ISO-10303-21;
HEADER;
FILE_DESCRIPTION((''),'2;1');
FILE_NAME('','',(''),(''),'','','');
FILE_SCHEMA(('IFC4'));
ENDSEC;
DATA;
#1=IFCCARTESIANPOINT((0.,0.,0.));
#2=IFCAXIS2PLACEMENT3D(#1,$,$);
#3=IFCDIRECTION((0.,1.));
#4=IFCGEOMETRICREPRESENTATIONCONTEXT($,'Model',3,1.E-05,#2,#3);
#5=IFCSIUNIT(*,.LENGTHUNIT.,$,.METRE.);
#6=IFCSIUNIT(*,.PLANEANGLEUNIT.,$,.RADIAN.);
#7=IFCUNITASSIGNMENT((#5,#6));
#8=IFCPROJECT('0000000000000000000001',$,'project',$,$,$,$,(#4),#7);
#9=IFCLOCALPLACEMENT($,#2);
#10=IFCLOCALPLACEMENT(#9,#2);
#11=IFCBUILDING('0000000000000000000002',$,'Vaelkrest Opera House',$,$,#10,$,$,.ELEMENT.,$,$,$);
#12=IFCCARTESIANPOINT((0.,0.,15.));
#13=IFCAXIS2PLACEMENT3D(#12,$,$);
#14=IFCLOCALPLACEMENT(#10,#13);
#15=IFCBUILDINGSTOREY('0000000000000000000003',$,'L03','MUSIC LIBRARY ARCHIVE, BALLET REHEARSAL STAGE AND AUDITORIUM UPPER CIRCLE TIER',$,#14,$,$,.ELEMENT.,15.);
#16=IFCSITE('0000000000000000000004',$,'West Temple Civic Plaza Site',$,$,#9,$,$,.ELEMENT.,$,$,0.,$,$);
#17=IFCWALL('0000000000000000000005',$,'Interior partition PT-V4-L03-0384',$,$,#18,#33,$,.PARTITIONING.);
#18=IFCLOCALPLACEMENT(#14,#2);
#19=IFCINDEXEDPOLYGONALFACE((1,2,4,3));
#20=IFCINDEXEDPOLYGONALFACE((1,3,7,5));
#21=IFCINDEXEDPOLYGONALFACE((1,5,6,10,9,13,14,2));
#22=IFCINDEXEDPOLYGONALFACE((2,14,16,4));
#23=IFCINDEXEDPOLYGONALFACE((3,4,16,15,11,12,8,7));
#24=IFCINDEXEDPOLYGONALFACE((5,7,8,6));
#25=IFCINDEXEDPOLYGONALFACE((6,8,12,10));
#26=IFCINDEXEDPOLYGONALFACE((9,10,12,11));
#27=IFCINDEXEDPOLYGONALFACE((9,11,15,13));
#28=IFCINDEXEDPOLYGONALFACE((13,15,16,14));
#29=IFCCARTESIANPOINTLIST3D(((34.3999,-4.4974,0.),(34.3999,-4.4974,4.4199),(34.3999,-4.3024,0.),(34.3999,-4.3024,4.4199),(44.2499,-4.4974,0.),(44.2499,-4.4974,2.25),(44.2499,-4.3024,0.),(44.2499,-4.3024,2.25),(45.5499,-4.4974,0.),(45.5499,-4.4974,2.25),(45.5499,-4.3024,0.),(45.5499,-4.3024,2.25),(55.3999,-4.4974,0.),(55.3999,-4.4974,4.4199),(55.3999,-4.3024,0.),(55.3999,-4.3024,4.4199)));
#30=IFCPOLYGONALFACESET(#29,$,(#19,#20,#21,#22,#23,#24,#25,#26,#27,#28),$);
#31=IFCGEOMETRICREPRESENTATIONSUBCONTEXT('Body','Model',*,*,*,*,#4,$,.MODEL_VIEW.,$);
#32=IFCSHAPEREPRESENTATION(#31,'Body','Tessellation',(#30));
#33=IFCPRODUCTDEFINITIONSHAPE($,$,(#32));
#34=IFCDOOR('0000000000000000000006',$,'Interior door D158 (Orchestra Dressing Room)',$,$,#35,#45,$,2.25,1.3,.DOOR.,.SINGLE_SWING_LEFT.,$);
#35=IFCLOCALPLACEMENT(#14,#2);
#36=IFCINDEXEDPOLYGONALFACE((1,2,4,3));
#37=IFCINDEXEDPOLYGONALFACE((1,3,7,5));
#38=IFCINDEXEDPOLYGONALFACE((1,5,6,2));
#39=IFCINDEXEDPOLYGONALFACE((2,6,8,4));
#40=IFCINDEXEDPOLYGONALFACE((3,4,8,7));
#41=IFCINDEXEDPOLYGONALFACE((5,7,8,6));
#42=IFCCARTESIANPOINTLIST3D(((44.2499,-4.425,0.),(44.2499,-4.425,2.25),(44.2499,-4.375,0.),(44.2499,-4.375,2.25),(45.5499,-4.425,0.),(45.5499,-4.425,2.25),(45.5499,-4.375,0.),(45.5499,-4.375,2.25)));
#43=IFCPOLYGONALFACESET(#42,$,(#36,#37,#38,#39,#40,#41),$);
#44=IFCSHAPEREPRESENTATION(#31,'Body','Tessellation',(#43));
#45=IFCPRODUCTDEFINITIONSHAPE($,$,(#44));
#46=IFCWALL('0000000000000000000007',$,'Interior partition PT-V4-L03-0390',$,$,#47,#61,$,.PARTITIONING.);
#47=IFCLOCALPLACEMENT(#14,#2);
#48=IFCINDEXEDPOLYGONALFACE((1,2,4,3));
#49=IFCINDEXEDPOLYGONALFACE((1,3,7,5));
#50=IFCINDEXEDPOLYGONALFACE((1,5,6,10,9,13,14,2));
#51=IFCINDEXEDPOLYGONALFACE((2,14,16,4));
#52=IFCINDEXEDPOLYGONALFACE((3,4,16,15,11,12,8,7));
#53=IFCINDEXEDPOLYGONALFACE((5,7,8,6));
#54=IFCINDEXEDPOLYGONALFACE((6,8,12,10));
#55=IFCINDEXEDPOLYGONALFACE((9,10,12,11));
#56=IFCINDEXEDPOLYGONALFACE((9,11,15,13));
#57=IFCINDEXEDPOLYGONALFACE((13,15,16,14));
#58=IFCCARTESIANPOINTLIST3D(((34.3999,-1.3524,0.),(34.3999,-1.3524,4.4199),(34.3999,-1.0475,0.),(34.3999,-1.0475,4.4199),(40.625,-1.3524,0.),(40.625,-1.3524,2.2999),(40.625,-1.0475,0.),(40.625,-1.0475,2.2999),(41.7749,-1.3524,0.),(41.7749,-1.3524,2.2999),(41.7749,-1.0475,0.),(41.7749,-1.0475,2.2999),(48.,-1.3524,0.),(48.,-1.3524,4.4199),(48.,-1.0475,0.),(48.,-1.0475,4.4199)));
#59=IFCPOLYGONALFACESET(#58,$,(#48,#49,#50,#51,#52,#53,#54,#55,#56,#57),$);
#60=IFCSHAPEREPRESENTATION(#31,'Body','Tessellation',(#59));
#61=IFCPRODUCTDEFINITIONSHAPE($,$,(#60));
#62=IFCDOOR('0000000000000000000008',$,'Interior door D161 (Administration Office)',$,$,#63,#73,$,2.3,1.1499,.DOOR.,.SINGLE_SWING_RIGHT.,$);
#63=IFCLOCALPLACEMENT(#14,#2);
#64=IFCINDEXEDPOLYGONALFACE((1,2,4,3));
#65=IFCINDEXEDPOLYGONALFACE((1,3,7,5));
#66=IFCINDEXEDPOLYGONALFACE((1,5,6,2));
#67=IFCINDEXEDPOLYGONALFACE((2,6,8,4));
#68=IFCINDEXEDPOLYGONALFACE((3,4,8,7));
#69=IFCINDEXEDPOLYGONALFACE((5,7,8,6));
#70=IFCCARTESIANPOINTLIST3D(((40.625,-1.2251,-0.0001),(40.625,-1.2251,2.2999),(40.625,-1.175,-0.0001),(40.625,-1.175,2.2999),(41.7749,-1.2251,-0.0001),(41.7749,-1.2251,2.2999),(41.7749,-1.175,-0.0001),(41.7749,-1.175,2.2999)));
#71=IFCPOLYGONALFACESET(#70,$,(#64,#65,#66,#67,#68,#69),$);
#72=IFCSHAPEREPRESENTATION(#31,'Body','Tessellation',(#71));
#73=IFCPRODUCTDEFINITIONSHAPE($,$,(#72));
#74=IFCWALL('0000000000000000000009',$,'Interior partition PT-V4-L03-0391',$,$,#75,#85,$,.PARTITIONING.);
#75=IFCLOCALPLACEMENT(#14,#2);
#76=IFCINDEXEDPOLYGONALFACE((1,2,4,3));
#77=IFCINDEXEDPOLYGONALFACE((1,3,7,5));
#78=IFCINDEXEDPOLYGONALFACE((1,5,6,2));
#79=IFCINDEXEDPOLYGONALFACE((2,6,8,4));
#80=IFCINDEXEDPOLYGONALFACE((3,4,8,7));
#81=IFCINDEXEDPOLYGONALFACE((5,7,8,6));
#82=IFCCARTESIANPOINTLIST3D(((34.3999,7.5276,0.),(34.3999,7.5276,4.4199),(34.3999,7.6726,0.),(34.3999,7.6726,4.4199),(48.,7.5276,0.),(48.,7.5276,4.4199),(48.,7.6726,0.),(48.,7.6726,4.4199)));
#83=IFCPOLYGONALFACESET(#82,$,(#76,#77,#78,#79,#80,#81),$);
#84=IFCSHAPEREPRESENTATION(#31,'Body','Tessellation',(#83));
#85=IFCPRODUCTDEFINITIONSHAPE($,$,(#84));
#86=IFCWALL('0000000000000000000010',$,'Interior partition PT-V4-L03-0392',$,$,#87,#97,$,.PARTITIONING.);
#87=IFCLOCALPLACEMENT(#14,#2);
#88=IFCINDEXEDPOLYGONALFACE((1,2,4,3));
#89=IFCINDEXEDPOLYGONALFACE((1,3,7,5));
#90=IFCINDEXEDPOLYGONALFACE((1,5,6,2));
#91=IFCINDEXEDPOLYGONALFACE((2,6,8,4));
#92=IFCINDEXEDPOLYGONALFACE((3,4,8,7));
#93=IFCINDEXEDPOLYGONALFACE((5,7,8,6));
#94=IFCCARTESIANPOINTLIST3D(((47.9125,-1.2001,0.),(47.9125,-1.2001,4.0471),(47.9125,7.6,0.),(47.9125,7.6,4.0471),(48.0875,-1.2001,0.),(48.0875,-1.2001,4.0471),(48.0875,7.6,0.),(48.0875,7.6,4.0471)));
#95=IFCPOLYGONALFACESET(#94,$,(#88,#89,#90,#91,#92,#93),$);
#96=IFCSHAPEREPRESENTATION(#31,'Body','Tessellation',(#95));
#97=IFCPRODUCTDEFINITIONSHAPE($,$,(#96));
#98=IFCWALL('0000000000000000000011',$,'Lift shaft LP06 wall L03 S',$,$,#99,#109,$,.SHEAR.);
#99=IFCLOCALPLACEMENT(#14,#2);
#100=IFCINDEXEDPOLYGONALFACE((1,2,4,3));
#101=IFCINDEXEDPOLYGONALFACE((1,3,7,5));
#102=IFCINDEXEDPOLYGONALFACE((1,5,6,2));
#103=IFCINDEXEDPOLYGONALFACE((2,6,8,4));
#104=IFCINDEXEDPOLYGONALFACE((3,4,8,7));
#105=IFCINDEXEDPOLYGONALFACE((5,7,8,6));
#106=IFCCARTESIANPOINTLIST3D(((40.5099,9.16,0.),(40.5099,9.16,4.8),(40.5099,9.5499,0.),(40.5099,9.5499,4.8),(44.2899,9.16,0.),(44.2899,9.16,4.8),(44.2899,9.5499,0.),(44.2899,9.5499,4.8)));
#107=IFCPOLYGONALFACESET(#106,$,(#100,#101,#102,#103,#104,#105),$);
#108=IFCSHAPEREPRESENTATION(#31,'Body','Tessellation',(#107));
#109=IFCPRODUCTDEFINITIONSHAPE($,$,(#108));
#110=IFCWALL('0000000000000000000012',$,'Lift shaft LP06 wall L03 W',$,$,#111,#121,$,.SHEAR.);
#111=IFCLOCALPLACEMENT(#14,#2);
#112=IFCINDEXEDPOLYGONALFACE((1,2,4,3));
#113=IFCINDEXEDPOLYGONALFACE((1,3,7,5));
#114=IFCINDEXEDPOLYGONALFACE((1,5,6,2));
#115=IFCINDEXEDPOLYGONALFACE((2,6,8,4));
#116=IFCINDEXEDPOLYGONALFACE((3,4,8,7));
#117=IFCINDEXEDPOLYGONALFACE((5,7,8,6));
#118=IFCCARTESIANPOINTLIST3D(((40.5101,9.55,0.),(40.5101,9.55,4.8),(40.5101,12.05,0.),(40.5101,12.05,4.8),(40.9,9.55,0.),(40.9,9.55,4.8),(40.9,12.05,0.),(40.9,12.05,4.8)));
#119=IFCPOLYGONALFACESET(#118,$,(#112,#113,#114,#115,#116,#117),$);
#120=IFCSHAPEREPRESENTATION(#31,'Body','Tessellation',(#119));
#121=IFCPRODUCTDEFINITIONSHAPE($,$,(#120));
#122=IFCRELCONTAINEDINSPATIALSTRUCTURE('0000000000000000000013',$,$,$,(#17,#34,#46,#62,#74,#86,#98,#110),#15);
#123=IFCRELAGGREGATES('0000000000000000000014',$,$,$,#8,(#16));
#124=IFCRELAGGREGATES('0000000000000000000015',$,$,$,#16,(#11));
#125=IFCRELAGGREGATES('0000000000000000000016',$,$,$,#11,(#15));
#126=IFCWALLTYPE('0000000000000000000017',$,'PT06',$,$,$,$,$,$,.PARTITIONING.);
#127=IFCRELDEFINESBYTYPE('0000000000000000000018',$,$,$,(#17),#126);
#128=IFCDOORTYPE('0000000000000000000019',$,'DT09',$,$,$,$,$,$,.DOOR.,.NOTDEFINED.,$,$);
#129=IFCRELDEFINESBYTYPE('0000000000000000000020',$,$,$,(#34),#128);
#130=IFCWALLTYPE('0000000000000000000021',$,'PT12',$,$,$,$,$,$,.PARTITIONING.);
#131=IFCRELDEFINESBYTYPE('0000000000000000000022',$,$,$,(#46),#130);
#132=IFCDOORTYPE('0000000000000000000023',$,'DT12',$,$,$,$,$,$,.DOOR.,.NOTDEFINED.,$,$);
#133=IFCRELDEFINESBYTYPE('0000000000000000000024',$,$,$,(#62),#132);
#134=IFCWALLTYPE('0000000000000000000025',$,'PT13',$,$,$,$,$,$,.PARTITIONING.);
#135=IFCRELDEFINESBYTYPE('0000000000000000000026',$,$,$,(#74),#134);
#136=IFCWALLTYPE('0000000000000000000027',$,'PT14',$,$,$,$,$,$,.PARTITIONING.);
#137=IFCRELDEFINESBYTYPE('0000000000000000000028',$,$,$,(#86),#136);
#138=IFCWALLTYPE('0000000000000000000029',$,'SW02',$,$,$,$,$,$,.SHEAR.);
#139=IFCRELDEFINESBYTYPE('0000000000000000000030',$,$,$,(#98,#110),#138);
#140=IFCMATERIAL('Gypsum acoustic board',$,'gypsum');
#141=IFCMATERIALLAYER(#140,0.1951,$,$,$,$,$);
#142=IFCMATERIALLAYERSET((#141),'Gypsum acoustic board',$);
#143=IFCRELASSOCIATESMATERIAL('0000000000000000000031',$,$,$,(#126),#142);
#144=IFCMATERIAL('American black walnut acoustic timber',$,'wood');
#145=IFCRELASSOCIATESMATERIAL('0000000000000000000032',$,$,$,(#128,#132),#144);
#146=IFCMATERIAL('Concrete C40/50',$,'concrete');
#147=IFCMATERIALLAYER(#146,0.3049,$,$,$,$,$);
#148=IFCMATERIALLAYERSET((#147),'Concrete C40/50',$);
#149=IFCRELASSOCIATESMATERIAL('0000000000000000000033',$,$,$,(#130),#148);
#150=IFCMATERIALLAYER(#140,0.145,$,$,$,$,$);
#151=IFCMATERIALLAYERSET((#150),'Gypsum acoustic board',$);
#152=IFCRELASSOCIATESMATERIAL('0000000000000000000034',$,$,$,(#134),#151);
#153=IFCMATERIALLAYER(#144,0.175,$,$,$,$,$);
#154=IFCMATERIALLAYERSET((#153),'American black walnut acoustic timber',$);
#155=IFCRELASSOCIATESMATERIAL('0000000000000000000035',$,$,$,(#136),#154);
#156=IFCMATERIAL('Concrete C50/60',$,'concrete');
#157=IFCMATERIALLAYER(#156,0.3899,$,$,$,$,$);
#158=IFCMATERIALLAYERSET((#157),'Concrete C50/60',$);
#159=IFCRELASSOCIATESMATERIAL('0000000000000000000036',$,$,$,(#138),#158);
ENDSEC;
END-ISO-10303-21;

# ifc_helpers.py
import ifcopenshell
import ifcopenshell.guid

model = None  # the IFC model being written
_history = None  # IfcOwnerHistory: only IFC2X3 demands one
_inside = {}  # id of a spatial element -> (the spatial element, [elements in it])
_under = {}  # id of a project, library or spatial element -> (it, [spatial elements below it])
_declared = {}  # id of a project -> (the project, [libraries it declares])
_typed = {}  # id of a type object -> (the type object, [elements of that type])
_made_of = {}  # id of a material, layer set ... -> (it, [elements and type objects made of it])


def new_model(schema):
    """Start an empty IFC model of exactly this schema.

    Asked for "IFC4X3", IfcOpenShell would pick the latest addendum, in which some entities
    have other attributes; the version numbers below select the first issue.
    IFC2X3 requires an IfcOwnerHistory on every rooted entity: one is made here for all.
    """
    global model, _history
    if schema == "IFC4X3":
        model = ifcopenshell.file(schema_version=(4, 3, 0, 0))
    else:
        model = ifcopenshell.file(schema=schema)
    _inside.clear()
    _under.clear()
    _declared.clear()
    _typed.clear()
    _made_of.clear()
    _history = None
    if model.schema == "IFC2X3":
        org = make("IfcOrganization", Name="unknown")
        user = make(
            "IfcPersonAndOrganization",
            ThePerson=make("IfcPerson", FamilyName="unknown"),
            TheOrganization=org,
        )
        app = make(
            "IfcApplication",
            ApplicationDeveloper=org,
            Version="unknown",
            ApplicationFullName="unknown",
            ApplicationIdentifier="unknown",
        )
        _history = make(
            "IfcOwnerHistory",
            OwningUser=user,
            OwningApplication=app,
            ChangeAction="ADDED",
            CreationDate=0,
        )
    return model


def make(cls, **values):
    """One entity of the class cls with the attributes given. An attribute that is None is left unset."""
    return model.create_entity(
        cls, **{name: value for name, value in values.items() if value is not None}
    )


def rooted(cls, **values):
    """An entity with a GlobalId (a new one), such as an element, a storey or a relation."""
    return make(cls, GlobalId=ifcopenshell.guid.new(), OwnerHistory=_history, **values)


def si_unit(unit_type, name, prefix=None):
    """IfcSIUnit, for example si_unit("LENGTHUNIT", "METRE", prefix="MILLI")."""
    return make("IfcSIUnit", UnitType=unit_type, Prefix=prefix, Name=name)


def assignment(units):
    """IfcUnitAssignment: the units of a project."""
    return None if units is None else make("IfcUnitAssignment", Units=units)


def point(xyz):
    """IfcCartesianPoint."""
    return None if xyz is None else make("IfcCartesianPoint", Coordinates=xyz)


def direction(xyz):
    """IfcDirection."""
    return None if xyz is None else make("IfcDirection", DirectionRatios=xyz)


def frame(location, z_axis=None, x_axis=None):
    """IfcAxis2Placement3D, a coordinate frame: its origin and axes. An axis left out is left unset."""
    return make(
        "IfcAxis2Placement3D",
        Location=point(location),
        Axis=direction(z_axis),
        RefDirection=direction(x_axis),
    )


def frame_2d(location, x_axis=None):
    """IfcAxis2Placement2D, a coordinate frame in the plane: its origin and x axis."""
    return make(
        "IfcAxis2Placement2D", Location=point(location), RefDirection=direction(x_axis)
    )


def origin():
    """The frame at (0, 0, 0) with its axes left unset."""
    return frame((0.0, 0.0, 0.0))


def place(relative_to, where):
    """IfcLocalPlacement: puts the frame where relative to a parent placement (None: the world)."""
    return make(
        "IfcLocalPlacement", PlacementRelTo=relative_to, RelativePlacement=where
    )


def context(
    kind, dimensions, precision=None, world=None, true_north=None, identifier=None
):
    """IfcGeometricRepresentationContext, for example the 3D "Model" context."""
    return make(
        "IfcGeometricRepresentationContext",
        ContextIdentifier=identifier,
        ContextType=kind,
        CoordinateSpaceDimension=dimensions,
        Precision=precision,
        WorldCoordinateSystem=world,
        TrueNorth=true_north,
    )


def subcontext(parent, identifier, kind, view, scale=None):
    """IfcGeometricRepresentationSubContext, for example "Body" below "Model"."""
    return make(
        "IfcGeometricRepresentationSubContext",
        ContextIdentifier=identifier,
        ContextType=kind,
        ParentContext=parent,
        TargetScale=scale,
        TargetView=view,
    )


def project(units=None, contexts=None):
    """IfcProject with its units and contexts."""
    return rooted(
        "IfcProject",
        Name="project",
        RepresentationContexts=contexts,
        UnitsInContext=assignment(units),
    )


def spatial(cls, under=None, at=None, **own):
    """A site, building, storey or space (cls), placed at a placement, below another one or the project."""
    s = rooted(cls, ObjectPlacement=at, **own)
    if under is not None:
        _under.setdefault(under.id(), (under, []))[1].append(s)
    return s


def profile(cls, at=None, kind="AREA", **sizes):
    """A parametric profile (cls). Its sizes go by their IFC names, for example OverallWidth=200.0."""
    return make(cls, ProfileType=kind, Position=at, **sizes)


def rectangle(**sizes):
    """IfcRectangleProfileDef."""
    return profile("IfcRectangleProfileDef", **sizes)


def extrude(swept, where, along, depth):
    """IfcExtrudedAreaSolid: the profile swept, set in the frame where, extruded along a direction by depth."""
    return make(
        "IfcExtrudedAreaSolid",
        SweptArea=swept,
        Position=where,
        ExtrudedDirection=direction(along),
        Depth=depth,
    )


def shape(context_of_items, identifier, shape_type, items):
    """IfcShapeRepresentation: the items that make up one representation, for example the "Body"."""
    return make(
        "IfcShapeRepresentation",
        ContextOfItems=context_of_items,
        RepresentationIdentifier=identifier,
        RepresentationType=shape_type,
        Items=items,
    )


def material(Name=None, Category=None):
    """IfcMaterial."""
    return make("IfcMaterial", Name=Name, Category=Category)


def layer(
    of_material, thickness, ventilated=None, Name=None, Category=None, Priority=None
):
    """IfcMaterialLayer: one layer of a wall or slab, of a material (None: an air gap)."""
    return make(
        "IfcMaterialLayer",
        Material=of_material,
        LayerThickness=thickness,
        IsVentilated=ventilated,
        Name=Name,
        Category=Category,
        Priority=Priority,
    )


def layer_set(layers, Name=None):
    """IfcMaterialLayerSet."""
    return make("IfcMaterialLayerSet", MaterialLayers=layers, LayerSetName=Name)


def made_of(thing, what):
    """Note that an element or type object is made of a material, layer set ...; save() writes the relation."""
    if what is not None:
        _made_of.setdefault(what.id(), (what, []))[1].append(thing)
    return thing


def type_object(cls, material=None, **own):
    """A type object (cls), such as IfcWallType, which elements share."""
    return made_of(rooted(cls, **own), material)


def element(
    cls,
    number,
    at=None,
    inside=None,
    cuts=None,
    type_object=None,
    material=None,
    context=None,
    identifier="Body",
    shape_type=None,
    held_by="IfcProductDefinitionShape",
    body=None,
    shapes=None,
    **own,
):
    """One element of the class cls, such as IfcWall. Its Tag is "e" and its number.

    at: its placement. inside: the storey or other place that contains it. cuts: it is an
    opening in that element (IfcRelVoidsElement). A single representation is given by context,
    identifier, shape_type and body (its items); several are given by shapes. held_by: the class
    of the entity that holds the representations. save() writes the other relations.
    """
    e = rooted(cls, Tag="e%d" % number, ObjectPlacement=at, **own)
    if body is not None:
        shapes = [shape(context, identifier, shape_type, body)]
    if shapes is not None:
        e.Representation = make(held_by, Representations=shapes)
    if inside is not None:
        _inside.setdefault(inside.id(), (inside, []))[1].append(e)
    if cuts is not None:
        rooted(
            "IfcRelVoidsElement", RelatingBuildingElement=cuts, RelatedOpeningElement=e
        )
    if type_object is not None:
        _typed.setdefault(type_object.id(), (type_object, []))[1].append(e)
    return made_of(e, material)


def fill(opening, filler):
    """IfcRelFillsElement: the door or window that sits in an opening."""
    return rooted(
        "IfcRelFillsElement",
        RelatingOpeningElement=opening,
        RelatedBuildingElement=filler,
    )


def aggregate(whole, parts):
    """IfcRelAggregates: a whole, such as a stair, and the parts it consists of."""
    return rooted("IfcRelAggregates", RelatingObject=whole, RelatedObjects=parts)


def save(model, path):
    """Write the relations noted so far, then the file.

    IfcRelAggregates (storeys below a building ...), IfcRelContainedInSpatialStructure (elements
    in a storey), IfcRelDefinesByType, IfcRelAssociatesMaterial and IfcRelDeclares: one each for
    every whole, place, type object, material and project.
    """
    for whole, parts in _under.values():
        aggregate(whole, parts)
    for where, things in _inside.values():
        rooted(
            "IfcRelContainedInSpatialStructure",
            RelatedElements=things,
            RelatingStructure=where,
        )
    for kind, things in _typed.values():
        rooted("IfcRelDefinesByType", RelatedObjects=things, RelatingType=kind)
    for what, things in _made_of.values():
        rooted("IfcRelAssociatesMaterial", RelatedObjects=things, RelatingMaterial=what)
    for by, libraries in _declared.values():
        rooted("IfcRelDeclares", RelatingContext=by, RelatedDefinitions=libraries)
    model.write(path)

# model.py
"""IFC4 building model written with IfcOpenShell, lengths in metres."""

from ifc_helpers import new_model, si_unit, direction, frame, frame_2d, origin, place, context, subcontext, project, spatial, rectangle, extrude, material, layer, layer_set, type_object, element, fill, save


model = new_model("IFC4")

# Units and contexts
model_context = context("Model", 3, precision=1e-05, world=origin(), true_north=direction((0.0, 1.0)))
body_context = subcontext(model_context, "Body", "Model", "MODEL_VIEW")
ifc_project = project(units=[si_unit("LENGTHUNIT", "METRE"), si_unit("PLANEANGLEUNIT", "RADIAN")], contexts=[model_context])

# Site, building, storey
site_placement = place(None, origin())
site = spatial("IfcSite", under=ifc_project, at=site_placement, Name="West Temple Civic Plaza Site", CompositionType="ELEMENT", RefElevation=0.0)
building_placement = place(site_placement, origin())
building = spatial("IfcBuilding", under=site, at=building_placement, Name="Vaelkrest Opera House", CompositionType="ELEMENT")
storey_placement = place(building_placement, frame((0.0, 0.0, 15.0)))
storey = spatial("IfcBuildingStorey", under=building, at=storey_placement, Name="L03", Description="MUSIC LIBRARY ARCHIVE, BALLET REHEARSAL STAGE AND AUDITORIUM UPPER CIRCLE TIER", CompositionType="ELEMENT", Elevation=15.0)

# Shared definitions
ifc_material_1 = material(Name="Concrete C50/60", Category="concrete")

# Shared definitions
ifc_material_2 = material(Name="Concrete C40/50", Category="concrete")

# Walls, openings, doors
ifc_material_3 = material(Name="Gypsum acoustic board", Category="gypsum")
ifc_layer_1 = layer(ifc_material_3, 0.1951)
ifc_layer_set_1 = layer_set([ifc_layer_1], Name="Gypsum acoustic board")
wall_type_1 = type_object("IfcWallType", Name="PT06", PredefinedType="PARTITIONING", material=ifc_layer_set_1)
wall_1_placement = place(storey_placement, frame((34.3999, -4.3999, 0.0), z_axis=(0.0, 0.0, 1.0), x_axis=(1.0, 0.0, 0.0)))
wall_1 = element("IfcWall", 1, at=wall_1_placement, inside=storey, type_object=wall_type_1, Name="Interior partition PT-V4-L03-0384", PredefinedType="PARTITIONING", context=body_context, shape_type="SweptSolid", body=[
    extrude(rectangle(XDim=21.0, YDim=0.1951, at=frame_2d((10.5, 0.0))), origin(), (0.0, 0.0, 1.0), 4.4199),
])
opening_1_placement = place(wall_1_placement, frame((9.8501, 0.0, 0.0)))
opening_1 = element("IfcOpeningElement", 2, at=opening_1_placement, cuts=wall_1, PredefinedType="OPENING", context=body_context, shape_type="SweptSolid", body=[
    extrude(rectangle(XDim=1.3, YDim=2.25, at=frame_2d((0.6499, 1.125))), frame((0.0, 0.1074, 0.0), z_axis=(0.0, -1.0, 0.0), x_axis=(1.0, 0.0, 0.0)), (0.0, 0.0, 1.0), 0.2151),
])
ifc_material_4 = material(Name="American black walnut acoustic timber", Category="wood")
door_type_1 = type_object("IfcDoorType", Name="DT09", OperationType="NOTDEFINED", PredefinedType="DOOR", material=ifc_material_4)
door_1_placement = place(opening_1_placement, origin())
door_1 = element("IfcDoor", 3, at=door_1_placement, inside=storey, type_object=door_type_1, Name="Interior door D158 (Orchestra Dressing Room)", OperationType="SINGLE_SWING_LEFT", OverallHeight=2.25, OverallWidth=1.3, PredefinedType="DOOR", context=body_context, shape_type="SweptSolid", body=[
    extrude(rectangle(XDim=1.3, YDim=2.25, at=frame_2d((0.6499, 1.125))), frame((0.0, 0.0249, 0.0), z_axis=(0.0, -1.0, 0.0), x_axis=(1.0, 0.0, 0.0)), (0.0, 0.0, 1.0), 0.05),
])
fill(opening_1, door_1)
ifc_layer_2 = layer(ifc_material_2, 0.3049)
ifc_layer_set_2 = layer_set([ifc_layer_2], Name="Concrete C40/50")
wall_type_2 = type_object("IfcWallType", Name="PT12", PredefinedType="PARTITIONING", material=ifc_layer_set_2)
wall_2_placement = place(storey_placement, frame((34.3999, -1.2, 0.0), z_axis=(0.0, 0.0, 1.0), x_axis=(1.0, 0.0, 0.0)))
wall_2 = element("IfcWall", 4, at=wall_2_placement, inside=storey, type_object=wall_type_2, Name="Interior partition PT-V4-L03-0390", PredefinedType="PARTITIONING", context=body_context, shape_type="SweptSolid", body=[
    extrude(rectangle(XDim=13.6001, YDim=0.3049, at=frame_2d((6.8, 0.0))), origin(), (0.0, 0.0, 1.0), 4.4199),
])
opening_2_placement = place(wall_2_placement, frame((6.2251, 0.0, 0.0)))
opening_2 = element("IfcOpeningElement", 5, at=opening_2_placement, cuts=wall_2, PredefinedType="OPENING", context=body_context, shape_type="SweptSolid", body=[
    extrude(rectangle(XDim=1.1499, YDim=2.3, at=frame_2d((0.575, 1.1499))), frame((0.0, 0.1624, 0.0), z_axis=(0.0, -1.0, 0.0), x_axis=(1.0, 0.0, 0.0)), (0.0, 0.0, 1.0), 0.325),
])
door_type_2 = type_object("IfcDoorType", Name="DT12", OperationType="NOTDEFINED", PredefinedType="DOOR", material=ifc_material_4)
door_2_placement = place(opening_2_placement, origin())
door_2 = element("IfcDoor", 6, at=door_2_placement, inside=storey, type_object=door_type_2, Name="Interior door D161 (Administration Office)", OperationType="SINGLE_SWING_RIGHT", OverallHeight=2.3, OverallWidth=1.1499, PredefinedType="DOOR", context=body_context, shape_type="SweptSolid", body=[
    extrude(rectangle(XDim=1.1499, YDim=2.3, at=frame_2d((0.575, 1.1499))), frame((0.0, 0.0249, 0.0), z_axis=(0.0, -1.0, 0.0), x_axis=(1.0, 0.0, 0.0)), (0.0, 0.0, 1.0), 0.05),
])
fill(opening_2, door_2)

# Walls
ifc_layer_3 = layer(ifc_material_3, 0.145)
ifc_layer_set_3 = layer_set([ifc_layer_3], Name="Gypsum acoustic board")
wall_type_3 = type_object("IfcWallType", Name="PT13", PredefinedType="PARTITIONING", material=ifc_layer_set_3)
wall_3_placement = place(storey_placement, frame((34.3999, 7.6001, 0.0), z_axis=(0.0, 0.0, 1.0), x_axis=(1.0, 0.0, 0.0)))
element("IfcWall", 7, at=wall_3_placement, inside=storey, type_object=wall_type_3, Name="Interior partition PT-V4-L03-0391", PredefinedType="PARTITIONING", context=body_context, shape_type="SweptSolid", body=[
    extrude(rectangle(XDim=13.6001, YDim=0.145, at=frame_2d((6.8, 0.0))), origin(), (0.0, 0.0, 1.0), 4.4199),
])
ifc_layer_4 = layer(ifc_material_4, 0.175)
ifc_layer_set_4 = layer_set([ifc_layer_4], Name="American black walnut acoustic timber")
wall_type_4 = type_object("IfcWallType", Name="PT14", PredefinedType="PARTITIONING", material=ifc_layer_set_4)
wall_4_placement = place(storey_placement, frame((48.0, -1.2, 0.0), z_axis=(0.0, 0.0, 1.0), x_axis=(0.0, 1.0, 0.0)))
element("IfcWall", 8, at=wall_4_placement, inside=storey, type_object=wall_type_4, Name="Interior partition PT-V4-L03-0392", PredefinedType="PARTITIONING", context=body_context, shape_type="SweptSolid", body=[
    extrude(rectangle(XDim=8.8, YDim=0.175, at=frame_2d((4.3999, 0.0))), origin(), (0.0, 0.0, 1.0), 4.0471),
])
ifc_layer_5 = layer(ifc_material_1, 0.3899)
ifc_layer_set_5 = layer_set([ifc_layer_5], Name="Concrete C50/60")
wall_type_5 = type_object("IfcWallType", Name="SW02", PredefinedType="SHEAR", material=ifc_layer_set_5)
wall_5_placement = place(storey_placement, frame((44.29, 9.355, 0.0), z_axis=(0.0, 0.0, 1.0), x_axis=(-1.0, 0.0, 0.0)))
element("IfcWall", 9, at=wall_5_placement, inside=storey, type_object=wall_type_5, Name="Lift shaft LP06 wall L03 S", PredefinedType="SHEAR", context=body_context, shape_type="SweptSolid", body=[
    extrude(rectangle(XDim=3.78, YDim=0.3899, at=frame_2d((1.8901, 0.0))), origin(), (0.0, 0.0, 1.0), 4.8),
])
wall_6_placement = place(storey_placement, frame((40.7051, 9.55, 0.0), z_axis=(0.0, 0.0, 1.0), x_axis=(0.0, 1.0, 0.0)))
element("IfcWall", 10, at=wall_6_placement, inside=storey, type_object=wall_type_5, Name="Lift shaft LP06 wall L03 W", PredefinedType="SHEAR", context=body_context, shape_type="SweptSolid", body=[
    extrude(rectangle(XDim=2.5, YDim=0.3899, at=frame_2d((1.25, 0.0))), origin(), (0.0, 0.0, 1.0), 4.8),
])

save(model, "model.ifc")
